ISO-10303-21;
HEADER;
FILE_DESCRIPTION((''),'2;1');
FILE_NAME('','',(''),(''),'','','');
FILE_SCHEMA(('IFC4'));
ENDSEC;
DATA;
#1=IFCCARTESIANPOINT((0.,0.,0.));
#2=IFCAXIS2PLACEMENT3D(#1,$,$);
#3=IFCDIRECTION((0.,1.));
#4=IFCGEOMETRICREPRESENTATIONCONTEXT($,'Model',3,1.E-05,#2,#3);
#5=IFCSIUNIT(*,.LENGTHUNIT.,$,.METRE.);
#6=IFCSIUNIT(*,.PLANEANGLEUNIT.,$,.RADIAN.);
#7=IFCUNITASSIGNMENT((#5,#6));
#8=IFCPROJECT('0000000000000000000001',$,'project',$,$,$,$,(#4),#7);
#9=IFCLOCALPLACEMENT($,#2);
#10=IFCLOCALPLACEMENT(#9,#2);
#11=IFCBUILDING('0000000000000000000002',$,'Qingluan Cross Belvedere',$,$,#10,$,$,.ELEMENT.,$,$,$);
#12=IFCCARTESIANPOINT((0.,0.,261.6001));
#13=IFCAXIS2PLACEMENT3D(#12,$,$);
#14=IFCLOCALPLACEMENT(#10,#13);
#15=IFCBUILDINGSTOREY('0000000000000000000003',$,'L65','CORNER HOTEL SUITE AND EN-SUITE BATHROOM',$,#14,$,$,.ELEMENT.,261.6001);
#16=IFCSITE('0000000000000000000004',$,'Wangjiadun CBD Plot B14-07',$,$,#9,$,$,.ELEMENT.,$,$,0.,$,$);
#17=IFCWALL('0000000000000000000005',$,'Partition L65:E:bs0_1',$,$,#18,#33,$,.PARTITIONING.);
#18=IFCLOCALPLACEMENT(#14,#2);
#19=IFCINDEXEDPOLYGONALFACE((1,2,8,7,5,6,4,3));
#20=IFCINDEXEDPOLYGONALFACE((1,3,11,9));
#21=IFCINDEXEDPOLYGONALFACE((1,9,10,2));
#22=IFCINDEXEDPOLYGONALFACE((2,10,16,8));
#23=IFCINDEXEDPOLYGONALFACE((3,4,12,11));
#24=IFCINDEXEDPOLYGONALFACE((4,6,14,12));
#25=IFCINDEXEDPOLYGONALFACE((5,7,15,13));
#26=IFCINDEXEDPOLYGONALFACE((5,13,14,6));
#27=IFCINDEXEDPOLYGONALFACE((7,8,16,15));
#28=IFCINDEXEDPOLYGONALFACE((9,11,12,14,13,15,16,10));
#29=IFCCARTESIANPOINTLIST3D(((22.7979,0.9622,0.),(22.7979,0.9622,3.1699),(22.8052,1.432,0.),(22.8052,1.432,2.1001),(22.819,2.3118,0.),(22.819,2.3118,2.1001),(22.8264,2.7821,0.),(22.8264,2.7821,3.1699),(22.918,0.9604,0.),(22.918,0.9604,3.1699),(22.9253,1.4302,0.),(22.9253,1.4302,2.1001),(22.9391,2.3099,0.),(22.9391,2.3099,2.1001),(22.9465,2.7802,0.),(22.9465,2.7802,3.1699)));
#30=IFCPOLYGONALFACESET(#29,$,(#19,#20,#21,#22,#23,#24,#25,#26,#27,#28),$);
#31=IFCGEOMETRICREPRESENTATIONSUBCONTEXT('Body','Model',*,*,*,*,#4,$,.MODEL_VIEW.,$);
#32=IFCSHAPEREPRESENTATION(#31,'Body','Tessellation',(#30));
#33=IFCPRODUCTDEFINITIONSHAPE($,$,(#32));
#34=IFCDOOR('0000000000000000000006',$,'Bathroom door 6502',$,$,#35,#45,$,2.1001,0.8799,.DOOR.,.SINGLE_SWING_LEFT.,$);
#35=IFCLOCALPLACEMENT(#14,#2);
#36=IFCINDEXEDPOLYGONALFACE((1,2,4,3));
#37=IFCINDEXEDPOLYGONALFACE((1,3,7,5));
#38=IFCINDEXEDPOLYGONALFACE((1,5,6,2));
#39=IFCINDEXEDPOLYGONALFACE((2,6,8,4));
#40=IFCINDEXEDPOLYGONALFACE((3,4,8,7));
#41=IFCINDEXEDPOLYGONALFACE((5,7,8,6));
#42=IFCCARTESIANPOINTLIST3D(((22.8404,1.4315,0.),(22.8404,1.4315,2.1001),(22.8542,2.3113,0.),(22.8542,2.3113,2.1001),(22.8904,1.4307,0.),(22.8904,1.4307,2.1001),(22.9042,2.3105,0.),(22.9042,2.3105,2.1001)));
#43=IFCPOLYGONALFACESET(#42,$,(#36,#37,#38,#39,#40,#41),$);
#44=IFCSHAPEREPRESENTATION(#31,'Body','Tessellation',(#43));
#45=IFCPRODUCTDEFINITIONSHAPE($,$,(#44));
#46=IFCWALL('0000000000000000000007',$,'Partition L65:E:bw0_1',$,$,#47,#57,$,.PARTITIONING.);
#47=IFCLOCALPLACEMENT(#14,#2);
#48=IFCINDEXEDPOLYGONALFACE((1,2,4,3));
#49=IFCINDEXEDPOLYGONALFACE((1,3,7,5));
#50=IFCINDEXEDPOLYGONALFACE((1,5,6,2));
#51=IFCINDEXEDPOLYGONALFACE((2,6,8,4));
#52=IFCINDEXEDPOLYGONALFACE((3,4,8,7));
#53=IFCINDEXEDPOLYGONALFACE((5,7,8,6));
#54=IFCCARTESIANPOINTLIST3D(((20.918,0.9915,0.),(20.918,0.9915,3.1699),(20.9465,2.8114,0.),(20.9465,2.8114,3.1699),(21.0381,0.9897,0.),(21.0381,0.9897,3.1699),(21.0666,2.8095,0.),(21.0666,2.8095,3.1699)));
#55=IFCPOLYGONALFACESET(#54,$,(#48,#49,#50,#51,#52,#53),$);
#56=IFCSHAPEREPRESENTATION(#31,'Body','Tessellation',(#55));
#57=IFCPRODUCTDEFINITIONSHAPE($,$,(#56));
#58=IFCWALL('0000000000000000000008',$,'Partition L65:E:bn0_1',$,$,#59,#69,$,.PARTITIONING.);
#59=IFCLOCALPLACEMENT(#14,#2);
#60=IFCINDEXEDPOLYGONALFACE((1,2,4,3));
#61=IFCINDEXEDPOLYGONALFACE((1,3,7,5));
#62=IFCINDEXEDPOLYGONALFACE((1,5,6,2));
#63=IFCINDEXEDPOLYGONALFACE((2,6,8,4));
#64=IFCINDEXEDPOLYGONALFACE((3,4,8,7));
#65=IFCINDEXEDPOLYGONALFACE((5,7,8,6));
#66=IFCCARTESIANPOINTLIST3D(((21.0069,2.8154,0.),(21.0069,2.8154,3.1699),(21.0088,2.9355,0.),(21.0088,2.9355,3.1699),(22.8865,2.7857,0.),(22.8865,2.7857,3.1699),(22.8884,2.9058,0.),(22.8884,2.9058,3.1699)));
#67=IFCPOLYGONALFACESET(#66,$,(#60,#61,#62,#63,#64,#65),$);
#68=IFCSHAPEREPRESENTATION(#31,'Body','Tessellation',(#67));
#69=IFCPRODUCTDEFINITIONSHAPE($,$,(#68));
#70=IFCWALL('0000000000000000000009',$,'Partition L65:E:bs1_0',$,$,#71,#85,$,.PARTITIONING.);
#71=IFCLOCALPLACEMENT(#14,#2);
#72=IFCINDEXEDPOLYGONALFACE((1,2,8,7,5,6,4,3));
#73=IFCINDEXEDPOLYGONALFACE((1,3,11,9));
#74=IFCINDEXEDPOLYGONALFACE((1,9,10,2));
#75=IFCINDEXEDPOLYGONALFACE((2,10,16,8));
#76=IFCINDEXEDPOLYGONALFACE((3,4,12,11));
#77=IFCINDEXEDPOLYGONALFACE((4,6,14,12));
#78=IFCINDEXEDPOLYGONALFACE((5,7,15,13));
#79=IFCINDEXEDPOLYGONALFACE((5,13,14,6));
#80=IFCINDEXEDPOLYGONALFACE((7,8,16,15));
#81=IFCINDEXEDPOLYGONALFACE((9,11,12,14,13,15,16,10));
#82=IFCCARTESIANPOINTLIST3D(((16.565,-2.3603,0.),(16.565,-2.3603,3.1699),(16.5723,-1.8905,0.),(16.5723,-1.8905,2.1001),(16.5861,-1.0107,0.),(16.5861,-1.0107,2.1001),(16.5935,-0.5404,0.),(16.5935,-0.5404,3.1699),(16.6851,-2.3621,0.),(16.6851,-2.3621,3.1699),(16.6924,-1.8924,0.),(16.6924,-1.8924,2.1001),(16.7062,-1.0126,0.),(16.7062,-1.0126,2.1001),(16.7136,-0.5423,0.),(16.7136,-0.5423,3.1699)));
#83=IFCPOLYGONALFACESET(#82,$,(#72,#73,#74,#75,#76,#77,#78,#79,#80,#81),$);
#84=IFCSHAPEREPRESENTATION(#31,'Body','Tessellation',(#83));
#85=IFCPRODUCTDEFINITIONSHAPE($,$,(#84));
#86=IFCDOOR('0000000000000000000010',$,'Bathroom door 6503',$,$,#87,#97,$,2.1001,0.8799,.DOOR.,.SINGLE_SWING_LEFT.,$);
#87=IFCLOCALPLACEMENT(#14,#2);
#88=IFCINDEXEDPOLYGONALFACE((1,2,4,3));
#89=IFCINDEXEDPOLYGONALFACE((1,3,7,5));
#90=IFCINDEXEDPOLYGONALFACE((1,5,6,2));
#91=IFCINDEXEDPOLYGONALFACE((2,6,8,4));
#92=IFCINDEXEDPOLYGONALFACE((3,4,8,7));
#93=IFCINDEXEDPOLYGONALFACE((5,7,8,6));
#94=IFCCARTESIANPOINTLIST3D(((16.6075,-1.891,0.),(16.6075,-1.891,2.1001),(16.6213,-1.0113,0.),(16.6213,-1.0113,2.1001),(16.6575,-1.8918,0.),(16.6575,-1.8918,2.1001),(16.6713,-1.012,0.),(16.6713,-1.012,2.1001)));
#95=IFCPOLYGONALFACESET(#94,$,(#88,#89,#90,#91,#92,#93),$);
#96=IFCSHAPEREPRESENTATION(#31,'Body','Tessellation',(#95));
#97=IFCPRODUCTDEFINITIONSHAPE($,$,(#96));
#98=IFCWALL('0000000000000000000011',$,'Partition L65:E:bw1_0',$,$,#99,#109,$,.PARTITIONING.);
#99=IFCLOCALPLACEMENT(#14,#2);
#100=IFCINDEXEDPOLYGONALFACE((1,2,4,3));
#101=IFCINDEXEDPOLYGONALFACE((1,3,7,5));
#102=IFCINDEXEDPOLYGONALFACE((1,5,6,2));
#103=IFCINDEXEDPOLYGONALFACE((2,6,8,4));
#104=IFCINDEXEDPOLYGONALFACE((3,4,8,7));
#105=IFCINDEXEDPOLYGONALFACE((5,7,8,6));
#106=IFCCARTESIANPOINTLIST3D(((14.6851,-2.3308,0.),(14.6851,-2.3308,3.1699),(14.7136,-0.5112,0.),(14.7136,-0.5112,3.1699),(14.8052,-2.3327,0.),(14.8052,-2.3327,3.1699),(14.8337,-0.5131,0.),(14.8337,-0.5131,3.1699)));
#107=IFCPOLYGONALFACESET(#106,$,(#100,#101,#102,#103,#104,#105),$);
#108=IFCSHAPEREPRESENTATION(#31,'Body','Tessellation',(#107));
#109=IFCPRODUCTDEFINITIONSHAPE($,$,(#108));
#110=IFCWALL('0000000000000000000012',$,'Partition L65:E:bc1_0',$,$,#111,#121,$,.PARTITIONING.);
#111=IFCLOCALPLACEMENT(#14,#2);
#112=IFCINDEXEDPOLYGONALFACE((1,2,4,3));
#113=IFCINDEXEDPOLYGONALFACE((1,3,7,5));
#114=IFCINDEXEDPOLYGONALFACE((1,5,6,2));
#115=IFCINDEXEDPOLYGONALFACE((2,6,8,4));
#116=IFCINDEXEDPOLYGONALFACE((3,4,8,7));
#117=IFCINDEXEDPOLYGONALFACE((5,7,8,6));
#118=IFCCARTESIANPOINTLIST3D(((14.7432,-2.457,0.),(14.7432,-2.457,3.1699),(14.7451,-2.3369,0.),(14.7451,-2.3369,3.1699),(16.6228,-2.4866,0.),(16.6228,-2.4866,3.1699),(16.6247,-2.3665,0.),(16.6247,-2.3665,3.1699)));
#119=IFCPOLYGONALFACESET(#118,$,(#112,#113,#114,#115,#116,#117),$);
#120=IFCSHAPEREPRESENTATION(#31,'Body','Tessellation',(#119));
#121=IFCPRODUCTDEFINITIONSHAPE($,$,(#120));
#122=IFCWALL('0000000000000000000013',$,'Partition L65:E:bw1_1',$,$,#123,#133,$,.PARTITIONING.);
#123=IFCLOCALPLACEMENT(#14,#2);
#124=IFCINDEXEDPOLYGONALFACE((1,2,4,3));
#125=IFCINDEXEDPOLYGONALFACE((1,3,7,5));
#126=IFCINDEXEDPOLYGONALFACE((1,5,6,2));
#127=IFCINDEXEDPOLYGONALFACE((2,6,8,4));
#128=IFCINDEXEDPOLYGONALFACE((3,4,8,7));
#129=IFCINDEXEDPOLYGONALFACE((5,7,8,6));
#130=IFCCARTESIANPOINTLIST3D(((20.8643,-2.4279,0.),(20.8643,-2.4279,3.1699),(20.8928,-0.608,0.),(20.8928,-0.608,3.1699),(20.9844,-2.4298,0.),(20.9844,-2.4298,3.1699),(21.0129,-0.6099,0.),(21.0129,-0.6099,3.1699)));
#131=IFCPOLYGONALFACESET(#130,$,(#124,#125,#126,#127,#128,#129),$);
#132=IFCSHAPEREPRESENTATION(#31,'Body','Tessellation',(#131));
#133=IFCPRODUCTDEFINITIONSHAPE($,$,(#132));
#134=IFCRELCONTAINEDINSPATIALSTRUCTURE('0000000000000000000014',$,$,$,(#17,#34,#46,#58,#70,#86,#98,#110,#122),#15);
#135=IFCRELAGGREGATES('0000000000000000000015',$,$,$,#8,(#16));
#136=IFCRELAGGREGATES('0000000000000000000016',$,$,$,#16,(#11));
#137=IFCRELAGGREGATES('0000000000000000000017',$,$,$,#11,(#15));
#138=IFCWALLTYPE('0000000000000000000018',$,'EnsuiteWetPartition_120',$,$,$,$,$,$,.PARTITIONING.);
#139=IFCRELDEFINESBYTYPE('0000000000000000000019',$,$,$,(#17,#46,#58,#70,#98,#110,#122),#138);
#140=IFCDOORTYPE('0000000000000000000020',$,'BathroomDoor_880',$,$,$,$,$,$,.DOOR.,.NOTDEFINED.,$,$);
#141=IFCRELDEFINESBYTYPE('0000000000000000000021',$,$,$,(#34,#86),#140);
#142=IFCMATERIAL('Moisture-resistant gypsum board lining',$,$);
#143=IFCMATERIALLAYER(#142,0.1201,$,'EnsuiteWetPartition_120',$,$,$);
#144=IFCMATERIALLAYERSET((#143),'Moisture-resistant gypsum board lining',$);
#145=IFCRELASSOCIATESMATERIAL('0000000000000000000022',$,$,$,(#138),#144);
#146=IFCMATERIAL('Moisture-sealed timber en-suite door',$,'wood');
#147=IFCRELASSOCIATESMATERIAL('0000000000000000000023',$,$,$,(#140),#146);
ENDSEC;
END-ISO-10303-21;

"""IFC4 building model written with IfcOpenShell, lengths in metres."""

from ifc_helpers import new_model, si_unit, direction, frame, frame_2d, origin, place, context, subcontext, project, spatial, rectangle, extrude, material, layer, layer_set, type_object, element, fill, save


model = new_model("IFC4")

# Units and contexts
model_context = context("Model", 3, precision=1e-05, world=origin(), true_north=direction((0.0, 1.0)))
body_context = subcontext(model_context, "Body", "Model", "MODEL_VIEW")
ifc_project = project(units=[si_unit("LENGTHUNIT", "METRE"), si_unit("PLANEANGLEUNIT", "RADIAN")], contexts=[model_context])

# Site, building, storey
site_placement = place(None, origin())
site = spatial("IfcSite", under=ifc_project, at=site_placement, Name="Wangjiadun CBD Plot B14-07", CompositionType="ELEMENT", RefElevation=0.0)
building_placement = place(site_placement, origin())
building = spatial("IfcBuilding", under=site, at=building_placement, Name="Qingluan Cross Belvedere", CompositionType="ELEMENT")
storey_placement = place(building_placement, frame((0.0, 0.0, 261.6001)))
storey = spatial("IfcBuildingStorey", under=building, at=storey_placement, Name="L65", Description="CORNER HOTEL SUITE AND EN-SUITE BATHROOM", CompositionType="ELEMENT", Elevation=261.6001)

# Shared definitions
ifc_material_1 = material(Name="Moisture-resistant gypsum board lining")
ifc_layer_1 = layer(ifc_material_1, 0.1201, Name="EnsuiteWetPartition_120")
ifc_layer_set_1 = layer_set([ifc_layer_1], Name="Moisture-resistant gypsum board lining")
wall_type_1 = type_object("IfcWallType", Name="EnsuiteWetPartition_120", PredefinedType="PARTITIONING", material=ifc_layer_set_1)
ifc_material_2 = material(Name="Moisture-sealed timber en-suite door", Category="wood")
door_type_1 = type_object("IfcDoorType", Name="BathroomDoor_880", OperationType="NOTDEFINED", PredefinedType="DOOR", material=ifc_material_2)

# Wall, opening, door
wall_1_placement = place(storey_placement, frame((22.8579, 0.9612, 0.0), z_axis=(0.0, 0.0, 1.0), x_axis=(0.015694, 0.999877, 0.0)))
wall_1 = element("IfcWall", 1, at=wall_1_placement, inside=storey, type_object=wall_type_1, Name="Partition L65:E:bs0_1", PredefinedType="PARTITIONING", context=body_context, shape_type="SweptSolid", body=[
    extrude(rectangle(XDim=1.8201, YDim=0.1201, at=frame_2d((0.9102, 0.0))), origin(), (0.0, 0.0, 1.0), 3.1699),
])
opening_1_placement = place(wall_1_placement, frame((0.47, 0.0, 0.0)))
opening_1 = element("IfcOpeningElement", 2, at=opening_1_placement, cuts=wall_1, PredefinedType="OPENING", context=body_context, shape_type="SweptSolid", body=[
    extrude(rectangle(XDim=0.8799, YDim=2.1001, at=frame_2d((0.4399, 1.05))), frame((0.0, 0.0701, 0.0), z_axis=(0.0, -1.0, 0.0), x_axis=(1.0, 0.0, 0.0)), (0.0, 0.0, 1.0), 0.1401),
])
door_1_placement = place(opening_1_placement, origin())
door_1 = element("IfcDoor", 3, at=door_1_placement, inside=storey, type_object=door_type_1, Name="Bathroom door 6502", OperationType="SINGLE_SWING_LEFT", OverallHeight=2.1001, OverallWidth=0.8799, PredefinedType="DOOR", context=body_context, shape_type="SweptSolid", body=[
    extrude(rectangle(XDim=0.8799, YDim=2.1001, at=frame_2d((0.4399, 1.05))), frame((0.0, 0.0249, 0.0), z_axis=(0.0, -1.0, 0.0), x_axis=(1.0, 0.0, 0.0)), (0.0, 0.0, 1.0), 0.05),
])
fill(opening_1, door_1)

# Walls
wall_2_placement = place(storey_placement, frame((20.978, 0.9905, 0.0), z_axis=(0.0, 0.0, 1.0), x_axis=(0.015694, 0.999877, 0.0)))
element("IfcWall", 4, at=wall_2_placement, inside=storey, type_object=wall_type_1, Name="Partition L65:E:bw0_1", PredefinedType="PARTITIONING", context=body_context, shape_type="SweptSolid", body=[
    extrude(rectangle(XDim=1.8201, YDim=0.1201, at=frame_2d((0.9102, 0.0))), origin(), (0.0, 0.0, 1.0), 3.1699),
])
wall_3_placement = place(storey_placement, frame((21.0078, 2.8755, 0.0), z_axis=(0.0, 0.0, 1.0), x_axis=(0.999874, -0.015844, 0.0)))
element("IfcWall", 5, at=wall_3_placement, inside=storey, type_object=wall_type_1, Name="Partition L65:E:bn0_1", PredefinedType="PARTITIONING", context=body_context, shape_type="SweptSolid", body=[
    extrude(rectangle(XDim=1.8799, YDim=0.1201, at=frame_2d((0.9399, 0.0))), origin(), (0.0, 0.0, 1.0), 3.1699),
])

# Wall, opening, door
wall_4_placement = place(storey_placement, frame((16.625, -2.3613, 0.0), z_axis=(0.0, 0.0, 1.0), x_axis=(0.015694, 0.999877, 0.0)))
wall_4 = element("IfcWall", 6, at=wall_4_placement, inside=storey, type_object=wall_type_1, Name="Partition L65:E:bs1_0", PredefinedType="PARTITIONING", context=body_context, shape_type="SweptSolid", body=[
    extrude(rectangle(XDim=1.8201, YDim=0.1201, at=frame_2d((0.9102, 0.0))), origin(), (0.0, 0.0, 1.0), 3.1699),
])
opening_2_placement = place(wall_4_placement, frame((0.47, 0.0, 0.0)))
opening_2 = element("IfcOpeningElement", 7, at=opening_2_placement, cuts=wall_4, PredefinedType="OPENING", context=body_context, shape_type="SweptSolid", body=[
    extrude(rectangle(XDim=0.8799, YDim=2.1001, at=frame_2d((0.4399, 1.05))), frame((0.0, 0.0701, 0.0), z_axis=(0.0, -1.0, 0.0), x_axis=(1.0, 0.0, 0.0)), (0.0, 0.0, 1.0), 0.1401),
])
door_2_placement = place(opening_2_placement, origin())
door_2 = element("IfcDoor", 8, at=door_2_placement, inside=storey, type_object=door_type_1, Name="Bathroom door 6503", OperationType="SINGLE_SWING_LEFT", OverallHeight=2.1001, OverallWidth=0.8799, PredefinedType="DOOR", context=body_context, shape_type="SweptSolid", body=[
    extrude(rectangle(XDim=0.8799, YDim=2.1001, at=frame_2d((0.4399, 1.05))), frame((0.0, 0.0249, 0.0), z_axis=(0.0, -1.0, 0.0), x_axis=(1.0, 0.0, 0.0)), (0.0, 0.0, 1.0), 0.05),
])
fill(opening_2, door_2)

# Walls
wall_5_placement = place(storey_placement, frame((14.7451, -2.3318, 0.0), z_axis=(0.0, 0.0, 1.0), x_axis=(0.015696, 0.999877, 0.0)))
element("IfcWall", 9, at=wall_5_placement, inside=storey, type_object=wall_type_1, Name="Partition L65:E:bw1_0", PredefinedType="PARTITIONING", context=body_context, shape_type="SweptSolid", body=[
    extrude(rectangle(XDim=1.8198, YDim=0.1201, at=frame_2d((0.9099, 0.0))), origin(), (0.0, 0.0, 1.0), 3.1699),
])
wall_6_placement = place(storey_placement, frame((14.7441, -2.397, 0.0), z_axis=(0.0, 0.0, 1.0), x_axis=(0.999877, -0.015714, 0.0)))
element("IfcWall", 10, at=wall_6_placement, inside=storey, type_object=wall_type_1, Name="Partition L65:E:bc1_0", PredefinedType="PARTITIONING", context=body_context, shape_type="SweptSolid", body=[
    extrude(rectangle(XDim=1.8799, YDim=0.1201, at=frame_2d((0.9399, 0.0))), origin(), (0.0, 0.0, 1.0), 3.1699),
])
wall_7_placement = place(storey_placement, frame((20.9243, -2.429, 0.0), z_axis=(0.0, 0.0, 1.0), x_axis=(0.015694, 0.999877, 0.0)))
element("IfcWall", 11, at=wall_7_placement, inside=storey, type_object=wall_type_1, Name="Partition L65:E:bw1_1", PredefinedType="PARTITIONING", context=body_context, shape_type="SweptSolid", body=[
    extrude(rectangle(XDim=1.8201, YDim=0.1201, at=frame_2d((0.9102, 0.0))), origin(), (0.0, 0.0, 1.0), 3.1699),
])

save(model, "model.ifc")
